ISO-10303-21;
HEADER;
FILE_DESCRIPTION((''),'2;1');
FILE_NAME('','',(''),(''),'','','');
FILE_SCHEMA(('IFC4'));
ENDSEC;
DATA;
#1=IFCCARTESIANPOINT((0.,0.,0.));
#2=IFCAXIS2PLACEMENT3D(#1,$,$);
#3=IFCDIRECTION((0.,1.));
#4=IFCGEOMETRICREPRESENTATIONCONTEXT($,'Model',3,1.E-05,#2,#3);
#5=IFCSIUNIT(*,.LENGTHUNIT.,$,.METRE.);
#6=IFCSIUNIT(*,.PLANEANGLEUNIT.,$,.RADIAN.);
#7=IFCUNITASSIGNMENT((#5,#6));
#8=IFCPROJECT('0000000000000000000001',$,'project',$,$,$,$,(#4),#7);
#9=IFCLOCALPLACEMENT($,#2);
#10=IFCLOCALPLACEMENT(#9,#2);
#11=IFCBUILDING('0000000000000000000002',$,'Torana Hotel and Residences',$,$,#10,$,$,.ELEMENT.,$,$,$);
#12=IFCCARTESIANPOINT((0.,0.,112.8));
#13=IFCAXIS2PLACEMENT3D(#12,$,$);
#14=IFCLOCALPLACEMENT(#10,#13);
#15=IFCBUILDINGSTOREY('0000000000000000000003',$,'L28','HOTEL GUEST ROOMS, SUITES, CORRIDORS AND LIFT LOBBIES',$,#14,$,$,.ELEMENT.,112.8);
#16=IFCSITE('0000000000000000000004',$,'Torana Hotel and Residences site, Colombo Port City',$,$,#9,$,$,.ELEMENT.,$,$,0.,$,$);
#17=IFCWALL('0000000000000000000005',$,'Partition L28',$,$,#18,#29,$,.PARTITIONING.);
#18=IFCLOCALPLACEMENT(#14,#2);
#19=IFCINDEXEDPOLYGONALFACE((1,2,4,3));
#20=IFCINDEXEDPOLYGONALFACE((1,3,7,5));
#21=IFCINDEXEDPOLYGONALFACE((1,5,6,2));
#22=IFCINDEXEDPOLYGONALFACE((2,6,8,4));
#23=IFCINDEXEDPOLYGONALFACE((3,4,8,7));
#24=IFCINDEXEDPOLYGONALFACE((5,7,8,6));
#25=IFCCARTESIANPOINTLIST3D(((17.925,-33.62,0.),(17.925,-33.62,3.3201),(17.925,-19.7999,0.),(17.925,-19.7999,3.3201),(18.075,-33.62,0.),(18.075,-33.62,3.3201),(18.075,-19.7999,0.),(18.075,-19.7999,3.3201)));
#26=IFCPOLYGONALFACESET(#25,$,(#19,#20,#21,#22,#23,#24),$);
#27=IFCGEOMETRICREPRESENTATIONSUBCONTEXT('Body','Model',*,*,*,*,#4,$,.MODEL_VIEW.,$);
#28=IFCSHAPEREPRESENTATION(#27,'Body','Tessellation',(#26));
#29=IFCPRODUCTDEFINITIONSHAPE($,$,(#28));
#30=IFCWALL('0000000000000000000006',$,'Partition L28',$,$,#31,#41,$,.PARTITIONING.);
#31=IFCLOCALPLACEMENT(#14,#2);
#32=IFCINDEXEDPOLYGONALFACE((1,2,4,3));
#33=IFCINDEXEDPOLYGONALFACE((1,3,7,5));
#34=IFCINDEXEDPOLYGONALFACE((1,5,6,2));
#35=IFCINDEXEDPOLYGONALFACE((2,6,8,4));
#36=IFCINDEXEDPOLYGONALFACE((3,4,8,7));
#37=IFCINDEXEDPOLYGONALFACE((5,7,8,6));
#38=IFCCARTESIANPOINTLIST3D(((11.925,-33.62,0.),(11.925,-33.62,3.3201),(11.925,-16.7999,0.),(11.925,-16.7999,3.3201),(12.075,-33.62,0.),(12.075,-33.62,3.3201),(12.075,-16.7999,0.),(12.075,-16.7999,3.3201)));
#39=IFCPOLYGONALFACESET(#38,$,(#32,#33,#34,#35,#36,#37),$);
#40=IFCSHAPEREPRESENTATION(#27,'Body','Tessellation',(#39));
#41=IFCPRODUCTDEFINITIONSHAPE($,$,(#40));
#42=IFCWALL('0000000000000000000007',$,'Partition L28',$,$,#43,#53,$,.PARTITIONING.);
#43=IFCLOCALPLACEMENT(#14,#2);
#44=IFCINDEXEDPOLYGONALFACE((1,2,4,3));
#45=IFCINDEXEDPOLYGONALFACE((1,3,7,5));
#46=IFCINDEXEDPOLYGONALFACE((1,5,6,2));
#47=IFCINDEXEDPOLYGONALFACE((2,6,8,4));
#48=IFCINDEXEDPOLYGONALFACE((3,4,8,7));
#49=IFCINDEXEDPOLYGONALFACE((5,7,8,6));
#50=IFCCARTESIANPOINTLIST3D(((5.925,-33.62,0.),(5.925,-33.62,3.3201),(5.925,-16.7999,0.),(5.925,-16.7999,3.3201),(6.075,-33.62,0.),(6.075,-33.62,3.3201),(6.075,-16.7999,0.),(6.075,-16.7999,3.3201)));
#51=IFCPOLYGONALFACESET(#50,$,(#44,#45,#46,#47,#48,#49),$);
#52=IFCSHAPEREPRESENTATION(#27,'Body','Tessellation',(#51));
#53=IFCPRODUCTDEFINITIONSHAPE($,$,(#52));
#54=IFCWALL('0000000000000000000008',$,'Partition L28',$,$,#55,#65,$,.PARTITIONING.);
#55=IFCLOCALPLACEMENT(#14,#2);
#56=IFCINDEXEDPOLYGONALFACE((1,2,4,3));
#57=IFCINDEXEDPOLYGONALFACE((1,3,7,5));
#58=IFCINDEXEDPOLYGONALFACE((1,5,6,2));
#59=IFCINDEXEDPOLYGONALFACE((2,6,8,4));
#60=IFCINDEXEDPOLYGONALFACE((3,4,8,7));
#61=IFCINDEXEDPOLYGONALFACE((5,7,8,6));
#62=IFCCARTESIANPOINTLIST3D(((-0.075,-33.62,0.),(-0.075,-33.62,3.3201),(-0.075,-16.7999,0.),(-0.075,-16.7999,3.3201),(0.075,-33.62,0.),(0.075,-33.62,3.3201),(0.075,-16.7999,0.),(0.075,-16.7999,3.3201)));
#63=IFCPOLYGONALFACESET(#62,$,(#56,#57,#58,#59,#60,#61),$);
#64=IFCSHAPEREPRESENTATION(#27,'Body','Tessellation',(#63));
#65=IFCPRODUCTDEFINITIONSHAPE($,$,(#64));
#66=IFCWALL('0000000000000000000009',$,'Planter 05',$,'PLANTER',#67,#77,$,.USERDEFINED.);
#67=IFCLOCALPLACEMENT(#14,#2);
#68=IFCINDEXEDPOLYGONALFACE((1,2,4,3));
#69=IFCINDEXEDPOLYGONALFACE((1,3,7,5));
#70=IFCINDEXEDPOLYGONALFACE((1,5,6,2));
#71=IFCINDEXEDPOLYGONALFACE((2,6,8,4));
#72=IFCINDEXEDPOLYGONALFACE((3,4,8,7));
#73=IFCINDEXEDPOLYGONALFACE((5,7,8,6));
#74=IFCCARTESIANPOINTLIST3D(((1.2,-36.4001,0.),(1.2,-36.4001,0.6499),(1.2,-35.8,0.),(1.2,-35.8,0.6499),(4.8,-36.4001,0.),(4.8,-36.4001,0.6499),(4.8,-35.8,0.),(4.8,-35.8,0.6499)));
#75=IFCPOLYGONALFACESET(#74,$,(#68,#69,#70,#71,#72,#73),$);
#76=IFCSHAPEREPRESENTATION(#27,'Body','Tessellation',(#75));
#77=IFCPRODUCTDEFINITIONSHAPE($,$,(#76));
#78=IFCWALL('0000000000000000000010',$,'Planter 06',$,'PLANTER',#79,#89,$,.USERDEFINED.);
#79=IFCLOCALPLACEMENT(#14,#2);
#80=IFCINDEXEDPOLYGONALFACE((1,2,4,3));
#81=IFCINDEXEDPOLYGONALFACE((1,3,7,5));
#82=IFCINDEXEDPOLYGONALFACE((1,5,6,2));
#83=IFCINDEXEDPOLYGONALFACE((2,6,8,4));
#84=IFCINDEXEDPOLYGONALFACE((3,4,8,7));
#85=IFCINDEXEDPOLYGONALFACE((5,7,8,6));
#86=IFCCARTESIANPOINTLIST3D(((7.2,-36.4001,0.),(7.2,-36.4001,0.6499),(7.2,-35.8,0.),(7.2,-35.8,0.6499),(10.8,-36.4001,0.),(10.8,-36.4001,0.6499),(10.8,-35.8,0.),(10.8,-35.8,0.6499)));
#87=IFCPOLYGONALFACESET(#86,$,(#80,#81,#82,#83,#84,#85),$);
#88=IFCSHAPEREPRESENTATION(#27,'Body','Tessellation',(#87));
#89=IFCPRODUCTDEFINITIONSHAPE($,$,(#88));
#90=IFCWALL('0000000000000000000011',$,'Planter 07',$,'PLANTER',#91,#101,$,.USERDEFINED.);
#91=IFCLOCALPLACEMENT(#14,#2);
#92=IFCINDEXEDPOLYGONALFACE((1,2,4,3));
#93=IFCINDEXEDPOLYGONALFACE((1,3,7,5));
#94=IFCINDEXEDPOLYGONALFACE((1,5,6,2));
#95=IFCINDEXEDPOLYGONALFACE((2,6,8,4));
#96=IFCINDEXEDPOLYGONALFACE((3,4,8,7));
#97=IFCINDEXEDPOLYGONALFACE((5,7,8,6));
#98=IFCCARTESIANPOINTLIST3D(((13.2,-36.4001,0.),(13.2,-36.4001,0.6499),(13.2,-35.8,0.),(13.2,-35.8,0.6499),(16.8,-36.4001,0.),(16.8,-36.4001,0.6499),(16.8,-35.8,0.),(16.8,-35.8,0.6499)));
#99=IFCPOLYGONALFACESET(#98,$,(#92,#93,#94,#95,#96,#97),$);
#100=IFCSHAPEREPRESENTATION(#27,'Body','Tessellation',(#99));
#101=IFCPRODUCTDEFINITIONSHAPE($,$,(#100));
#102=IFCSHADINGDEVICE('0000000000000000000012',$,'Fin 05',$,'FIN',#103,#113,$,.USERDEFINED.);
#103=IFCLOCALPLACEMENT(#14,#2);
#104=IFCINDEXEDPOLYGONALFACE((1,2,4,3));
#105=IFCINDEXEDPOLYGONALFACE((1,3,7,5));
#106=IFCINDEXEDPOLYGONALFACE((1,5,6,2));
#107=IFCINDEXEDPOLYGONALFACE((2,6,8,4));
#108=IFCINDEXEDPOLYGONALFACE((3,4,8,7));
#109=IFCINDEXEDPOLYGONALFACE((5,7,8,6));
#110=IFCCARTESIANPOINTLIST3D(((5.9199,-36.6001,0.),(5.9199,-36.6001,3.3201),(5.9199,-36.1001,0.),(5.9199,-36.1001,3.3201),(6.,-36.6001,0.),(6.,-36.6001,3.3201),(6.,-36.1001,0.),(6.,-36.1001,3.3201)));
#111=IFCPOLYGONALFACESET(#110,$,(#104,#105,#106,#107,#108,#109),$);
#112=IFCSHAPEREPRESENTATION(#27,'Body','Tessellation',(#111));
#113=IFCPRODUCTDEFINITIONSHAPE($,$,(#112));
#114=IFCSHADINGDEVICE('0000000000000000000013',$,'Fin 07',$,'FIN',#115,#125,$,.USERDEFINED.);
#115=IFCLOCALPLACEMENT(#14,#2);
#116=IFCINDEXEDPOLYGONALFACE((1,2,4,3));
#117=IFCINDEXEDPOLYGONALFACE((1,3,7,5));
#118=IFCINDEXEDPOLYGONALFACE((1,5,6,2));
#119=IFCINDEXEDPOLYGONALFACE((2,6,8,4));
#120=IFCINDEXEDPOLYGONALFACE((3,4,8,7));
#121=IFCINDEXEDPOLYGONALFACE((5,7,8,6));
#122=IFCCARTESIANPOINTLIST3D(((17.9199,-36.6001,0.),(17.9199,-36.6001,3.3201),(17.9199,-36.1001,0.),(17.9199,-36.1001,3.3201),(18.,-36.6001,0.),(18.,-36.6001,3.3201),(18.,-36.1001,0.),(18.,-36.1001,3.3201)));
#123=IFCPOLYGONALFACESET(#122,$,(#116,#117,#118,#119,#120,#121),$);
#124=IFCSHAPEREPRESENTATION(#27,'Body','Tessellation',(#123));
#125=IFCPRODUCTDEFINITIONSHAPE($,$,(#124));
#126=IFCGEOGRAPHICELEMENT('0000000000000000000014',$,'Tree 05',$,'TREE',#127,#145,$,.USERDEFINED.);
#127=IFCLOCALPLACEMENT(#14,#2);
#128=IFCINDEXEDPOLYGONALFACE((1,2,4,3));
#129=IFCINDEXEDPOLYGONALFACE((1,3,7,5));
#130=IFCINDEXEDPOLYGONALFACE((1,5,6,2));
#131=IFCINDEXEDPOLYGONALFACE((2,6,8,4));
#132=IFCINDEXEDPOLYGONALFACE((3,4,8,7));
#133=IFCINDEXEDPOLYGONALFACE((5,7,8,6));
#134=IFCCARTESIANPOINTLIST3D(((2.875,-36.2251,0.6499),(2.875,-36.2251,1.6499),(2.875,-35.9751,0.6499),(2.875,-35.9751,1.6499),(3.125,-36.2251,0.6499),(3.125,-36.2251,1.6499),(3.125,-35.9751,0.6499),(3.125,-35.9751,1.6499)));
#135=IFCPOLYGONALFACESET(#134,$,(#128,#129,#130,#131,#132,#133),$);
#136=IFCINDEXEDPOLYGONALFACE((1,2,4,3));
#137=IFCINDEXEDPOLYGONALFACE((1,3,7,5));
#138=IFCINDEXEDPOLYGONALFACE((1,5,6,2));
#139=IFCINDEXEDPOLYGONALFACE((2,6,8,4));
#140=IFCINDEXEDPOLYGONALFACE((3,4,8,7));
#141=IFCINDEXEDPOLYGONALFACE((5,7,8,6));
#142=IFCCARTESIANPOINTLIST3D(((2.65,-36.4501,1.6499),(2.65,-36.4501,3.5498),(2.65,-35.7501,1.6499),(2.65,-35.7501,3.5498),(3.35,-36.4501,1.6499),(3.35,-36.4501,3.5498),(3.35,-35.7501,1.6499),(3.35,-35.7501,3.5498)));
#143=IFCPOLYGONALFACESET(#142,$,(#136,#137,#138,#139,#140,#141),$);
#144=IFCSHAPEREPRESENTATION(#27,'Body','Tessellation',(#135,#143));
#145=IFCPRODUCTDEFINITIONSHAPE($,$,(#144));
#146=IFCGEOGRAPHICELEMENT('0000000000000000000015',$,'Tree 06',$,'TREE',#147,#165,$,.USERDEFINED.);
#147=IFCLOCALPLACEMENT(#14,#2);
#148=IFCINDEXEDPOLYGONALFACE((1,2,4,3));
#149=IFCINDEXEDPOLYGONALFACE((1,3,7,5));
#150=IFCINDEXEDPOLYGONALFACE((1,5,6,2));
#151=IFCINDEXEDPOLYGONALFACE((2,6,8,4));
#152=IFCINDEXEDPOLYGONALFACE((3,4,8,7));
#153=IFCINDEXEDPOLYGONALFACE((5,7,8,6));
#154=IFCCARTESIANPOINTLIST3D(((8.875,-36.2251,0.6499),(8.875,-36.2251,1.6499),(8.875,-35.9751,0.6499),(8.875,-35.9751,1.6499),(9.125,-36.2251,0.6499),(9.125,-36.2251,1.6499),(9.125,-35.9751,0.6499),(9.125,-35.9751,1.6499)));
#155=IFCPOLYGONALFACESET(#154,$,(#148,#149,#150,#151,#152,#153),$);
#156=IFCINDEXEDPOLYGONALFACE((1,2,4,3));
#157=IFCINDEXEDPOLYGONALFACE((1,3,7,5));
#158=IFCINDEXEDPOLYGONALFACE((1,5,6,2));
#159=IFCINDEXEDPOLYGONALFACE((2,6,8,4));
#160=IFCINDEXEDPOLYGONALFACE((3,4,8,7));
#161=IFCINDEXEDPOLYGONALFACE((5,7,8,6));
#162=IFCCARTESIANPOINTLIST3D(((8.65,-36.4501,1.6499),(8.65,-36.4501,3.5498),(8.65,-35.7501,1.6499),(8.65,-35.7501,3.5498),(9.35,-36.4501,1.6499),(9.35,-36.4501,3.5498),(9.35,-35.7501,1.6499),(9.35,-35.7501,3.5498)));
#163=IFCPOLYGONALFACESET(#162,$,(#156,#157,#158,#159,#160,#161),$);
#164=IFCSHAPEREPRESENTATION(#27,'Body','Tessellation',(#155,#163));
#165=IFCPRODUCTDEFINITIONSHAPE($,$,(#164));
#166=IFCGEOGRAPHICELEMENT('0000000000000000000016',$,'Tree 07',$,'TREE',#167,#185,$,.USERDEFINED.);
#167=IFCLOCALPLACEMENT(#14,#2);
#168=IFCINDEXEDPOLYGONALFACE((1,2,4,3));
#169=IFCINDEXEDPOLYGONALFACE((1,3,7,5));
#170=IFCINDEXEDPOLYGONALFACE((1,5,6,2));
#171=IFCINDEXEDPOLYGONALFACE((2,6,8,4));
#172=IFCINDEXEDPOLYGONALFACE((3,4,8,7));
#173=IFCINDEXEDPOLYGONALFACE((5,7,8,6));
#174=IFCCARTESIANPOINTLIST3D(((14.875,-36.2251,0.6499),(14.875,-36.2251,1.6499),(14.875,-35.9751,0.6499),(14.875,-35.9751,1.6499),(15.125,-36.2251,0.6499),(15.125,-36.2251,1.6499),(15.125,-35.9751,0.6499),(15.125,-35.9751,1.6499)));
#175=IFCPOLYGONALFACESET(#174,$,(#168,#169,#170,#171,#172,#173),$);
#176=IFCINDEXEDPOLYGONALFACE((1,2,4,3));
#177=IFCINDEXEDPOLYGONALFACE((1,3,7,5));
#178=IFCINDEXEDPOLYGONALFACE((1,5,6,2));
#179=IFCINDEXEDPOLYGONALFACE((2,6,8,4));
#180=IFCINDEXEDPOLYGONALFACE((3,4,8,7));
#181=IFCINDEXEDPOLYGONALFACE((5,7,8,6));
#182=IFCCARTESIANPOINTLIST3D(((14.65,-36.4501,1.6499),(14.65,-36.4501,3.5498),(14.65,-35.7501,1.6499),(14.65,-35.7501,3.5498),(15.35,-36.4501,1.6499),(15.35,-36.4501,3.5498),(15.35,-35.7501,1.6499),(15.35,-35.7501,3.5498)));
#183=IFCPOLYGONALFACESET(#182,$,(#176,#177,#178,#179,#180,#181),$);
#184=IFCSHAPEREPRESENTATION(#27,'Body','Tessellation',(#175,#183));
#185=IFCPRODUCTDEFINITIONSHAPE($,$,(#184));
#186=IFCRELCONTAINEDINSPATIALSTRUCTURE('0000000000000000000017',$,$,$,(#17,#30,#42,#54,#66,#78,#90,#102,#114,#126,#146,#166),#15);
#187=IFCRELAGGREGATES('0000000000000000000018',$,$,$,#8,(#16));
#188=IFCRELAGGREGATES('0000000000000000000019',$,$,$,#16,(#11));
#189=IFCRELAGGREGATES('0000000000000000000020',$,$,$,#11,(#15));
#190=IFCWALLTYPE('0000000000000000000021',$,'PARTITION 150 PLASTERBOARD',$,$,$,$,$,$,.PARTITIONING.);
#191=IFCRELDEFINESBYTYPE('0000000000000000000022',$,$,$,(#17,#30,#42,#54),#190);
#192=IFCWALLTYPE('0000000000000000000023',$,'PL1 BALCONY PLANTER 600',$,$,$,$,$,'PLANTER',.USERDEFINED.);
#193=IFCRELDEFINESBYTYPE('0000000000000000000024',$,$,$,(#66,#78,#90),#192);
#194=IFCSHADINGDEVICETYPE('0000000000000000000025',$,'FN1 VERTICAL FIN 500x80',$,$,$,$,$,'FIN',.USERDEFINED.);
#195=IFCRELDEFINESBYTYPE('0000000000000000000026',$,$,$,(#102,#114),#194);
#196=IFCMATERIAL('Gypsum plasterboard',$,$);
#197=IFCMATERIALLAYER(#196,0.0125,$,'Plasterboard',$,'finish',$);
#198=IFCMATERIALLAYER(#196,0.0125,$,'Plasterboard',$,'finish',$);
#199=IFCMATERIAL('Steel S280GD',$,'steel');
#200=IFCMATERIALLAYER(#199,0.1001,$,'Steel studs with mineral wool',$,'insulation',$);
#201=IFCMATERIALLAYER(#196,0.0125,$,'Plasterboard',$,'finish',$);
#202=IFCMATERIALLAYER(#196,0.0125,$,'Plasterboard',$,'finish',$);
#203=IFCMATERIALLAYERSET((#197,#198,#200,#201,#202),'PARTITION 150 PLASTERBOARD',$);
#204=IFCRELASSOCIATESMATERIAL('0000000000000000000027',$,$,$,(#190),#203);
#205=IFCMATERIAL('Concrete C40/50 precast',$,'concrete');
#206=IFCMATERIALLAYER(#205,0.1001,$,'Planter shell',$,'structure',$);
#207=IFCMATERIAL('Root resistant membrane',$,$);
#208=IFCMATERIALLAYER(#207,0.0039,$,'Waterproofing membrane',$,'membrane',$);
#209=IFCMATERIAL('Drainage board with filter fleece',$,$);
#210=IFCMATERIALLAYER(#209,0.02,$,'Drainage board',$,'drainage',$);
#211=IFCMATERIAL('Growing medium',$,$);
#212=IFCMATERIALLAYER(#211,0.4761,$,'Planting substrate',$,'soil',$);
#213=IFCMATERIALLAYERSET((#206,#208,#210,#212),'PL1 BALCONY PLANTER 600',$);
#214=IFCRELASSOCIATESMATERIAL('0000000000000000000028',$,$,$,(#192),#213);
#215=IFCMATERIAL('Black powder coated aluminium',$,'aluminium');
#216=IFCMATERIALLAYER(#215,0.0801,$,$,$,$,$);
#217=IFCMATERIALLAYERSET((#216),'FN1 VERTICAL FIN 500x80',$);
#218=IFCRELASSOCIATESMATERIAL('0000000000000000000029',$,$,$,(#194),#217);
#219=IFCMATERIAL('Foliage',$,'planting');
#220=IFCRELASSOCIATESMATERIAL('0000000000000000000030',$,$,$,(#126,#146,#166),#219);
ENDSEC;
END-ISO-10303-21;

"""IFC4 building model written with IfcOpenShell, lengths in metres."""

from ifc_helpers import new_model, si_unit, direction, frame, frame_2d, origin, origin_2d, place, context, subcontext, project, spatial, rectangle, extrude, material, layer, layer_set, type_object, element, save


model = new_model("IFC4")

# Units and contexts
model_context = context("Model", 3, precision=1e-05, world=origin(), true_north=direction((0.0, 1.0)))
body_context = subcontext(model_context, "Body", "Model", "MODEL_VIEW")
ifc_project = project(units=[si_unit("LENGTHUNIT", "METRE"), si_unit("PLANEANGLEUNIT", "RADIAN")], contexts=[model_context])

# Site, building, storey
site_placement = place(None, origin())
site = spatial("IfcSite", under=ifc_project, at=site_placement, Name="Torana Hotel and Residences site, Colombo Port City", CompositionType="ELEMENT", RefElevation=0.0)
building_placement = place(site_placement, origin())
building = spatial("IfcBuilding", under=site, at=building_placement, Name="Torana Hotel and Residences", CompositionType="ELEMENT")
storey_placement = place(building_placement, frame((0.0, 0.0, 112.8)))
storey = spatial("IfcBuildingStorey", under=building, at=storey_placement, Name="L28", Description="HOTEL GUEST ROOMS, SUITES, CORRIDORS AND LIFT LOBBIES", CompositionType="ELEMENT", Elevation=112.8)

# Walls
ifc_material_1 = material(Name="Gypsum plasterboard")
ifc_layer_1 = layer(ifc_material_1, 0.0125, Name="Plasterboard", Category="finish")
ifc_layer_2 = layer(ifc_material_1, 0.0125, Name="Plasterboard", Category="finish")
ifc_material_2 = material(Name="Steel S280GD", Category="steel")
ifc_layer_3 = layer(ifc_material_2, 0.1001, Name="Steel studs with mineral wool", Category="insulation")
ifc_layer_4 = layer(ifc_material_1, 0.0125, Name="Plasterboard", Category="finish")
ifc_layer_5 = layer(ifc_material_1, 0.0125, Name="Plasterboard", Category="finish")
ifc_layer_set_1 = layer_set([ifc_layer_1, ifc_layer_2, ifc_layer_3, ifc_layer_4, ifc_layer_5], Name="PARTITION 150 PLASTERBOARD")
wall_type_1 = type_object("IfcWallType", Name="PARTITION 150 PLASTERBOARD", PredefinedType="PARTITIONING", material=ifc_layer_set_1)
wall_placement = place(storey_placement, frame((18.0, -33.6201, 0.0), z_axis=(0.0, 0.0, 1.0), x_axis=(0.0, 1.0, 0.0)))
element("IfcWall", 1, at=wall_placement, inside=storey, type_object=wall_type_1, Name="Partition L28", PredefinedType="PARTITIONING", context=body_context, shape_type="SweptSolid", body=[
    extrude(rectangle(XDim=13.8201, YDim=0.1499, at=frame_2d((6.9102, 0.0))), origin(), (0.0, 0.0, 1.0), 3.3201),
])
for number, where, z_axis, x_axis, name in (
    (2, (12.0, -33.6201, 0.0), (0.0, 0.0, 1.0), (0.0, 1.0, 0.0), "Partition L28"),
    (3, (6.0, -33.6201, 0.0), (0.0, 0.0, 1.0), (0.0, 1.0, 0.0), "Partition L28"),
    (4, (0.0, -33.6201, 0.0), (0.0, 0.0, 1.0), (0.0, 1.0, 0.0), "Partition L28"),
):
    element("IfcWall", number, at=place(storey_placement, frame(where, z_axis=z_axis, x_axis=x_axis)), inside=storey, type_object=wall_type_1, Name=name, PredefinedType="PARTITIONING", context=body_context, shape_type="SweptSolid", body=[
        extrude(rectangle(XDim=16.8201, YDim=0.1499, at=frame_2d((8.4102, 0.0))), origin(), (0.0, 0.0, 1.0), 3.3201),
    ])
ifc_material_3 = material(Name="Concrete C40/50 precast", Category="concrete")
ifc_layer_6 = layer(ifc_material_3, 0.1001, Name="Planter shell", Category="structure")
ifc_material_4 = material(Name="Root resistant membrane")
ifc_layer_7 = layer(ifc_material_4, 0.0039, Name="Waterproofing membrane", Category="membrane")
ifc_material_5 = material(Name="Drainage board with filter fleece")
ifc_layer_8 = layer(ifc_material_5, 0.02, Name="Drainage board", Category="drainage")
ifc_material_6 = material(Name="Growing medium")
ifc_layer_9 = layer(ifc_material_6, 0.4761, Name="Planting substrate", Category="soil")
ifc_layer_set_2 = layer_set([ifc_layer_6, ifc_layer_7, ifc_layer_8, ifc_layer_9], Name="PL1 BALCONY PLANTER 600")
wall_type_2 = type_object("IfcWallType", Name="PL1 BALCONY PLANTER 600", ElementType="PLANTER", PredefinedType="USERDEFINED", material=ifc_layer_set_2)
for number, where, z_axis, x_axis, name in (
    (5, (4.8, -36.1001, 0.0), (0.0, 0.0, 1.0), (-1.0, 0.0, 0.0), "Planter 05"),
    (6, (10.8, -36.1001, 0.0), (0.0, 0.0, 1.0), (-1.0, 0.0, 0.0), "Planter 06"),
    (7, (16.8, -36.1001, 0.0), (0.0, 0.0, 1.0), (-1.0, 0.0, 0.0), "Planter 07"),
):
    element("IfcWall", number, at=place(storey_placement, frame(where, z_axis=z_axis, x_axis=x_axis)), inside=storey, type_object=wall_type_2, Name=name, ObjectType="PLANTER", PredefinedType="USERDEFINED", context=body_context, shape_type="SweptSolid", body=[
        extrude(rectangle(XDim=3.6001, YDim=0.6001, at=frame_2d((1.8, 0.0))), origin(), (0.0, 0.0, 1.0), 0.6499),
    ])

# Shading devices
ifc_material_7 = material(Name="Black powder coated aluminium", Category="aluminium")
ifc_layer_10 = layer(ifc_material_7, 0.0801)
ifc_layer_set_3 = layer_set([ifc_layer_10], Name="FN1 VERTICAL FIN 500x80")
shading_device_type = type_object("IfcShadingDeviceType", Name="FN1 VERTICAL FIN 500x80", ElementType="FIN", PredefinedType="USERDEFINED", material=ifc_layer_set_3)
for number, where, z_axis, x_axis, name in (
    (8, (5.96, -36.3501, 0.0), (0.0, 0.0, 1.0), (-1.0, 0.0, 0.0), "Fin 05"),
    (9, (17.96, -36.3501, 0.0), (0.0, 0.0, 1.0), (-1.0, 0.0, 0.0), "Fin 07"),
):
    element("IfcShadingDevice", number, at=place(storey_placement, frame(where, z_axis=z_axis, x_axis=x_axis)), inside=storey, type_object=shading_device_type, Name=name, ObjectType="FIN", PredefinedType="USERDEFINED", context=body_context, shape_type="SweptSolid", body=[
        extrude(rectangle(XDim=0.0801, YDim=0.5, at=origin_2d()), origin(), (0.0, 0.0, 1.0), 3.3201),
    ])

# Geographic elements
ifc_material_8 = material(Name="Foliage", Category="planting")
for number, where, z_axis, x_axis, name in (
    (10, (3.0, -36.1001, 0.6499), (0.0, 0.0, 1.0), (1.0, 0.0, 0.0), "Tree 05"),
    (11, (9.0, -36.1001, 0.6499), (0.0, 0.0, 1.0), (1.0, 0.0, 0.0), "Tree 06"),
    (12, (15.0, -36.1001, 0.6499), (0.0, 0.0, 1.0), (1.0, 0.0, 0.0), "Tree 07"),
):
    element("IfcGeographicElement", number, at=place(storey_placement, frame(where, z_axis=z_axis, x_axis=x_axis)), inside=storey, material=ifc_material_8, Name=name, ObjectType="TREE", PredefinedType="USERDEFINED", context=body_context, shape_type="SweptSolid", body=[
        extrude(rectangle(XDim=0.25, YDim=0.25, at=origin_2d()), origin(), (0.0, 0.0, 1.0), 1.0),
        extrude(rectangle(XDim=0.7, YDim=0.7, at=origin_2d()), frame((0.0, 0.0, 1.0)), (0.0, 0.0, 1.0), 1.8999),
    ])

save(model, "model.ifc")
